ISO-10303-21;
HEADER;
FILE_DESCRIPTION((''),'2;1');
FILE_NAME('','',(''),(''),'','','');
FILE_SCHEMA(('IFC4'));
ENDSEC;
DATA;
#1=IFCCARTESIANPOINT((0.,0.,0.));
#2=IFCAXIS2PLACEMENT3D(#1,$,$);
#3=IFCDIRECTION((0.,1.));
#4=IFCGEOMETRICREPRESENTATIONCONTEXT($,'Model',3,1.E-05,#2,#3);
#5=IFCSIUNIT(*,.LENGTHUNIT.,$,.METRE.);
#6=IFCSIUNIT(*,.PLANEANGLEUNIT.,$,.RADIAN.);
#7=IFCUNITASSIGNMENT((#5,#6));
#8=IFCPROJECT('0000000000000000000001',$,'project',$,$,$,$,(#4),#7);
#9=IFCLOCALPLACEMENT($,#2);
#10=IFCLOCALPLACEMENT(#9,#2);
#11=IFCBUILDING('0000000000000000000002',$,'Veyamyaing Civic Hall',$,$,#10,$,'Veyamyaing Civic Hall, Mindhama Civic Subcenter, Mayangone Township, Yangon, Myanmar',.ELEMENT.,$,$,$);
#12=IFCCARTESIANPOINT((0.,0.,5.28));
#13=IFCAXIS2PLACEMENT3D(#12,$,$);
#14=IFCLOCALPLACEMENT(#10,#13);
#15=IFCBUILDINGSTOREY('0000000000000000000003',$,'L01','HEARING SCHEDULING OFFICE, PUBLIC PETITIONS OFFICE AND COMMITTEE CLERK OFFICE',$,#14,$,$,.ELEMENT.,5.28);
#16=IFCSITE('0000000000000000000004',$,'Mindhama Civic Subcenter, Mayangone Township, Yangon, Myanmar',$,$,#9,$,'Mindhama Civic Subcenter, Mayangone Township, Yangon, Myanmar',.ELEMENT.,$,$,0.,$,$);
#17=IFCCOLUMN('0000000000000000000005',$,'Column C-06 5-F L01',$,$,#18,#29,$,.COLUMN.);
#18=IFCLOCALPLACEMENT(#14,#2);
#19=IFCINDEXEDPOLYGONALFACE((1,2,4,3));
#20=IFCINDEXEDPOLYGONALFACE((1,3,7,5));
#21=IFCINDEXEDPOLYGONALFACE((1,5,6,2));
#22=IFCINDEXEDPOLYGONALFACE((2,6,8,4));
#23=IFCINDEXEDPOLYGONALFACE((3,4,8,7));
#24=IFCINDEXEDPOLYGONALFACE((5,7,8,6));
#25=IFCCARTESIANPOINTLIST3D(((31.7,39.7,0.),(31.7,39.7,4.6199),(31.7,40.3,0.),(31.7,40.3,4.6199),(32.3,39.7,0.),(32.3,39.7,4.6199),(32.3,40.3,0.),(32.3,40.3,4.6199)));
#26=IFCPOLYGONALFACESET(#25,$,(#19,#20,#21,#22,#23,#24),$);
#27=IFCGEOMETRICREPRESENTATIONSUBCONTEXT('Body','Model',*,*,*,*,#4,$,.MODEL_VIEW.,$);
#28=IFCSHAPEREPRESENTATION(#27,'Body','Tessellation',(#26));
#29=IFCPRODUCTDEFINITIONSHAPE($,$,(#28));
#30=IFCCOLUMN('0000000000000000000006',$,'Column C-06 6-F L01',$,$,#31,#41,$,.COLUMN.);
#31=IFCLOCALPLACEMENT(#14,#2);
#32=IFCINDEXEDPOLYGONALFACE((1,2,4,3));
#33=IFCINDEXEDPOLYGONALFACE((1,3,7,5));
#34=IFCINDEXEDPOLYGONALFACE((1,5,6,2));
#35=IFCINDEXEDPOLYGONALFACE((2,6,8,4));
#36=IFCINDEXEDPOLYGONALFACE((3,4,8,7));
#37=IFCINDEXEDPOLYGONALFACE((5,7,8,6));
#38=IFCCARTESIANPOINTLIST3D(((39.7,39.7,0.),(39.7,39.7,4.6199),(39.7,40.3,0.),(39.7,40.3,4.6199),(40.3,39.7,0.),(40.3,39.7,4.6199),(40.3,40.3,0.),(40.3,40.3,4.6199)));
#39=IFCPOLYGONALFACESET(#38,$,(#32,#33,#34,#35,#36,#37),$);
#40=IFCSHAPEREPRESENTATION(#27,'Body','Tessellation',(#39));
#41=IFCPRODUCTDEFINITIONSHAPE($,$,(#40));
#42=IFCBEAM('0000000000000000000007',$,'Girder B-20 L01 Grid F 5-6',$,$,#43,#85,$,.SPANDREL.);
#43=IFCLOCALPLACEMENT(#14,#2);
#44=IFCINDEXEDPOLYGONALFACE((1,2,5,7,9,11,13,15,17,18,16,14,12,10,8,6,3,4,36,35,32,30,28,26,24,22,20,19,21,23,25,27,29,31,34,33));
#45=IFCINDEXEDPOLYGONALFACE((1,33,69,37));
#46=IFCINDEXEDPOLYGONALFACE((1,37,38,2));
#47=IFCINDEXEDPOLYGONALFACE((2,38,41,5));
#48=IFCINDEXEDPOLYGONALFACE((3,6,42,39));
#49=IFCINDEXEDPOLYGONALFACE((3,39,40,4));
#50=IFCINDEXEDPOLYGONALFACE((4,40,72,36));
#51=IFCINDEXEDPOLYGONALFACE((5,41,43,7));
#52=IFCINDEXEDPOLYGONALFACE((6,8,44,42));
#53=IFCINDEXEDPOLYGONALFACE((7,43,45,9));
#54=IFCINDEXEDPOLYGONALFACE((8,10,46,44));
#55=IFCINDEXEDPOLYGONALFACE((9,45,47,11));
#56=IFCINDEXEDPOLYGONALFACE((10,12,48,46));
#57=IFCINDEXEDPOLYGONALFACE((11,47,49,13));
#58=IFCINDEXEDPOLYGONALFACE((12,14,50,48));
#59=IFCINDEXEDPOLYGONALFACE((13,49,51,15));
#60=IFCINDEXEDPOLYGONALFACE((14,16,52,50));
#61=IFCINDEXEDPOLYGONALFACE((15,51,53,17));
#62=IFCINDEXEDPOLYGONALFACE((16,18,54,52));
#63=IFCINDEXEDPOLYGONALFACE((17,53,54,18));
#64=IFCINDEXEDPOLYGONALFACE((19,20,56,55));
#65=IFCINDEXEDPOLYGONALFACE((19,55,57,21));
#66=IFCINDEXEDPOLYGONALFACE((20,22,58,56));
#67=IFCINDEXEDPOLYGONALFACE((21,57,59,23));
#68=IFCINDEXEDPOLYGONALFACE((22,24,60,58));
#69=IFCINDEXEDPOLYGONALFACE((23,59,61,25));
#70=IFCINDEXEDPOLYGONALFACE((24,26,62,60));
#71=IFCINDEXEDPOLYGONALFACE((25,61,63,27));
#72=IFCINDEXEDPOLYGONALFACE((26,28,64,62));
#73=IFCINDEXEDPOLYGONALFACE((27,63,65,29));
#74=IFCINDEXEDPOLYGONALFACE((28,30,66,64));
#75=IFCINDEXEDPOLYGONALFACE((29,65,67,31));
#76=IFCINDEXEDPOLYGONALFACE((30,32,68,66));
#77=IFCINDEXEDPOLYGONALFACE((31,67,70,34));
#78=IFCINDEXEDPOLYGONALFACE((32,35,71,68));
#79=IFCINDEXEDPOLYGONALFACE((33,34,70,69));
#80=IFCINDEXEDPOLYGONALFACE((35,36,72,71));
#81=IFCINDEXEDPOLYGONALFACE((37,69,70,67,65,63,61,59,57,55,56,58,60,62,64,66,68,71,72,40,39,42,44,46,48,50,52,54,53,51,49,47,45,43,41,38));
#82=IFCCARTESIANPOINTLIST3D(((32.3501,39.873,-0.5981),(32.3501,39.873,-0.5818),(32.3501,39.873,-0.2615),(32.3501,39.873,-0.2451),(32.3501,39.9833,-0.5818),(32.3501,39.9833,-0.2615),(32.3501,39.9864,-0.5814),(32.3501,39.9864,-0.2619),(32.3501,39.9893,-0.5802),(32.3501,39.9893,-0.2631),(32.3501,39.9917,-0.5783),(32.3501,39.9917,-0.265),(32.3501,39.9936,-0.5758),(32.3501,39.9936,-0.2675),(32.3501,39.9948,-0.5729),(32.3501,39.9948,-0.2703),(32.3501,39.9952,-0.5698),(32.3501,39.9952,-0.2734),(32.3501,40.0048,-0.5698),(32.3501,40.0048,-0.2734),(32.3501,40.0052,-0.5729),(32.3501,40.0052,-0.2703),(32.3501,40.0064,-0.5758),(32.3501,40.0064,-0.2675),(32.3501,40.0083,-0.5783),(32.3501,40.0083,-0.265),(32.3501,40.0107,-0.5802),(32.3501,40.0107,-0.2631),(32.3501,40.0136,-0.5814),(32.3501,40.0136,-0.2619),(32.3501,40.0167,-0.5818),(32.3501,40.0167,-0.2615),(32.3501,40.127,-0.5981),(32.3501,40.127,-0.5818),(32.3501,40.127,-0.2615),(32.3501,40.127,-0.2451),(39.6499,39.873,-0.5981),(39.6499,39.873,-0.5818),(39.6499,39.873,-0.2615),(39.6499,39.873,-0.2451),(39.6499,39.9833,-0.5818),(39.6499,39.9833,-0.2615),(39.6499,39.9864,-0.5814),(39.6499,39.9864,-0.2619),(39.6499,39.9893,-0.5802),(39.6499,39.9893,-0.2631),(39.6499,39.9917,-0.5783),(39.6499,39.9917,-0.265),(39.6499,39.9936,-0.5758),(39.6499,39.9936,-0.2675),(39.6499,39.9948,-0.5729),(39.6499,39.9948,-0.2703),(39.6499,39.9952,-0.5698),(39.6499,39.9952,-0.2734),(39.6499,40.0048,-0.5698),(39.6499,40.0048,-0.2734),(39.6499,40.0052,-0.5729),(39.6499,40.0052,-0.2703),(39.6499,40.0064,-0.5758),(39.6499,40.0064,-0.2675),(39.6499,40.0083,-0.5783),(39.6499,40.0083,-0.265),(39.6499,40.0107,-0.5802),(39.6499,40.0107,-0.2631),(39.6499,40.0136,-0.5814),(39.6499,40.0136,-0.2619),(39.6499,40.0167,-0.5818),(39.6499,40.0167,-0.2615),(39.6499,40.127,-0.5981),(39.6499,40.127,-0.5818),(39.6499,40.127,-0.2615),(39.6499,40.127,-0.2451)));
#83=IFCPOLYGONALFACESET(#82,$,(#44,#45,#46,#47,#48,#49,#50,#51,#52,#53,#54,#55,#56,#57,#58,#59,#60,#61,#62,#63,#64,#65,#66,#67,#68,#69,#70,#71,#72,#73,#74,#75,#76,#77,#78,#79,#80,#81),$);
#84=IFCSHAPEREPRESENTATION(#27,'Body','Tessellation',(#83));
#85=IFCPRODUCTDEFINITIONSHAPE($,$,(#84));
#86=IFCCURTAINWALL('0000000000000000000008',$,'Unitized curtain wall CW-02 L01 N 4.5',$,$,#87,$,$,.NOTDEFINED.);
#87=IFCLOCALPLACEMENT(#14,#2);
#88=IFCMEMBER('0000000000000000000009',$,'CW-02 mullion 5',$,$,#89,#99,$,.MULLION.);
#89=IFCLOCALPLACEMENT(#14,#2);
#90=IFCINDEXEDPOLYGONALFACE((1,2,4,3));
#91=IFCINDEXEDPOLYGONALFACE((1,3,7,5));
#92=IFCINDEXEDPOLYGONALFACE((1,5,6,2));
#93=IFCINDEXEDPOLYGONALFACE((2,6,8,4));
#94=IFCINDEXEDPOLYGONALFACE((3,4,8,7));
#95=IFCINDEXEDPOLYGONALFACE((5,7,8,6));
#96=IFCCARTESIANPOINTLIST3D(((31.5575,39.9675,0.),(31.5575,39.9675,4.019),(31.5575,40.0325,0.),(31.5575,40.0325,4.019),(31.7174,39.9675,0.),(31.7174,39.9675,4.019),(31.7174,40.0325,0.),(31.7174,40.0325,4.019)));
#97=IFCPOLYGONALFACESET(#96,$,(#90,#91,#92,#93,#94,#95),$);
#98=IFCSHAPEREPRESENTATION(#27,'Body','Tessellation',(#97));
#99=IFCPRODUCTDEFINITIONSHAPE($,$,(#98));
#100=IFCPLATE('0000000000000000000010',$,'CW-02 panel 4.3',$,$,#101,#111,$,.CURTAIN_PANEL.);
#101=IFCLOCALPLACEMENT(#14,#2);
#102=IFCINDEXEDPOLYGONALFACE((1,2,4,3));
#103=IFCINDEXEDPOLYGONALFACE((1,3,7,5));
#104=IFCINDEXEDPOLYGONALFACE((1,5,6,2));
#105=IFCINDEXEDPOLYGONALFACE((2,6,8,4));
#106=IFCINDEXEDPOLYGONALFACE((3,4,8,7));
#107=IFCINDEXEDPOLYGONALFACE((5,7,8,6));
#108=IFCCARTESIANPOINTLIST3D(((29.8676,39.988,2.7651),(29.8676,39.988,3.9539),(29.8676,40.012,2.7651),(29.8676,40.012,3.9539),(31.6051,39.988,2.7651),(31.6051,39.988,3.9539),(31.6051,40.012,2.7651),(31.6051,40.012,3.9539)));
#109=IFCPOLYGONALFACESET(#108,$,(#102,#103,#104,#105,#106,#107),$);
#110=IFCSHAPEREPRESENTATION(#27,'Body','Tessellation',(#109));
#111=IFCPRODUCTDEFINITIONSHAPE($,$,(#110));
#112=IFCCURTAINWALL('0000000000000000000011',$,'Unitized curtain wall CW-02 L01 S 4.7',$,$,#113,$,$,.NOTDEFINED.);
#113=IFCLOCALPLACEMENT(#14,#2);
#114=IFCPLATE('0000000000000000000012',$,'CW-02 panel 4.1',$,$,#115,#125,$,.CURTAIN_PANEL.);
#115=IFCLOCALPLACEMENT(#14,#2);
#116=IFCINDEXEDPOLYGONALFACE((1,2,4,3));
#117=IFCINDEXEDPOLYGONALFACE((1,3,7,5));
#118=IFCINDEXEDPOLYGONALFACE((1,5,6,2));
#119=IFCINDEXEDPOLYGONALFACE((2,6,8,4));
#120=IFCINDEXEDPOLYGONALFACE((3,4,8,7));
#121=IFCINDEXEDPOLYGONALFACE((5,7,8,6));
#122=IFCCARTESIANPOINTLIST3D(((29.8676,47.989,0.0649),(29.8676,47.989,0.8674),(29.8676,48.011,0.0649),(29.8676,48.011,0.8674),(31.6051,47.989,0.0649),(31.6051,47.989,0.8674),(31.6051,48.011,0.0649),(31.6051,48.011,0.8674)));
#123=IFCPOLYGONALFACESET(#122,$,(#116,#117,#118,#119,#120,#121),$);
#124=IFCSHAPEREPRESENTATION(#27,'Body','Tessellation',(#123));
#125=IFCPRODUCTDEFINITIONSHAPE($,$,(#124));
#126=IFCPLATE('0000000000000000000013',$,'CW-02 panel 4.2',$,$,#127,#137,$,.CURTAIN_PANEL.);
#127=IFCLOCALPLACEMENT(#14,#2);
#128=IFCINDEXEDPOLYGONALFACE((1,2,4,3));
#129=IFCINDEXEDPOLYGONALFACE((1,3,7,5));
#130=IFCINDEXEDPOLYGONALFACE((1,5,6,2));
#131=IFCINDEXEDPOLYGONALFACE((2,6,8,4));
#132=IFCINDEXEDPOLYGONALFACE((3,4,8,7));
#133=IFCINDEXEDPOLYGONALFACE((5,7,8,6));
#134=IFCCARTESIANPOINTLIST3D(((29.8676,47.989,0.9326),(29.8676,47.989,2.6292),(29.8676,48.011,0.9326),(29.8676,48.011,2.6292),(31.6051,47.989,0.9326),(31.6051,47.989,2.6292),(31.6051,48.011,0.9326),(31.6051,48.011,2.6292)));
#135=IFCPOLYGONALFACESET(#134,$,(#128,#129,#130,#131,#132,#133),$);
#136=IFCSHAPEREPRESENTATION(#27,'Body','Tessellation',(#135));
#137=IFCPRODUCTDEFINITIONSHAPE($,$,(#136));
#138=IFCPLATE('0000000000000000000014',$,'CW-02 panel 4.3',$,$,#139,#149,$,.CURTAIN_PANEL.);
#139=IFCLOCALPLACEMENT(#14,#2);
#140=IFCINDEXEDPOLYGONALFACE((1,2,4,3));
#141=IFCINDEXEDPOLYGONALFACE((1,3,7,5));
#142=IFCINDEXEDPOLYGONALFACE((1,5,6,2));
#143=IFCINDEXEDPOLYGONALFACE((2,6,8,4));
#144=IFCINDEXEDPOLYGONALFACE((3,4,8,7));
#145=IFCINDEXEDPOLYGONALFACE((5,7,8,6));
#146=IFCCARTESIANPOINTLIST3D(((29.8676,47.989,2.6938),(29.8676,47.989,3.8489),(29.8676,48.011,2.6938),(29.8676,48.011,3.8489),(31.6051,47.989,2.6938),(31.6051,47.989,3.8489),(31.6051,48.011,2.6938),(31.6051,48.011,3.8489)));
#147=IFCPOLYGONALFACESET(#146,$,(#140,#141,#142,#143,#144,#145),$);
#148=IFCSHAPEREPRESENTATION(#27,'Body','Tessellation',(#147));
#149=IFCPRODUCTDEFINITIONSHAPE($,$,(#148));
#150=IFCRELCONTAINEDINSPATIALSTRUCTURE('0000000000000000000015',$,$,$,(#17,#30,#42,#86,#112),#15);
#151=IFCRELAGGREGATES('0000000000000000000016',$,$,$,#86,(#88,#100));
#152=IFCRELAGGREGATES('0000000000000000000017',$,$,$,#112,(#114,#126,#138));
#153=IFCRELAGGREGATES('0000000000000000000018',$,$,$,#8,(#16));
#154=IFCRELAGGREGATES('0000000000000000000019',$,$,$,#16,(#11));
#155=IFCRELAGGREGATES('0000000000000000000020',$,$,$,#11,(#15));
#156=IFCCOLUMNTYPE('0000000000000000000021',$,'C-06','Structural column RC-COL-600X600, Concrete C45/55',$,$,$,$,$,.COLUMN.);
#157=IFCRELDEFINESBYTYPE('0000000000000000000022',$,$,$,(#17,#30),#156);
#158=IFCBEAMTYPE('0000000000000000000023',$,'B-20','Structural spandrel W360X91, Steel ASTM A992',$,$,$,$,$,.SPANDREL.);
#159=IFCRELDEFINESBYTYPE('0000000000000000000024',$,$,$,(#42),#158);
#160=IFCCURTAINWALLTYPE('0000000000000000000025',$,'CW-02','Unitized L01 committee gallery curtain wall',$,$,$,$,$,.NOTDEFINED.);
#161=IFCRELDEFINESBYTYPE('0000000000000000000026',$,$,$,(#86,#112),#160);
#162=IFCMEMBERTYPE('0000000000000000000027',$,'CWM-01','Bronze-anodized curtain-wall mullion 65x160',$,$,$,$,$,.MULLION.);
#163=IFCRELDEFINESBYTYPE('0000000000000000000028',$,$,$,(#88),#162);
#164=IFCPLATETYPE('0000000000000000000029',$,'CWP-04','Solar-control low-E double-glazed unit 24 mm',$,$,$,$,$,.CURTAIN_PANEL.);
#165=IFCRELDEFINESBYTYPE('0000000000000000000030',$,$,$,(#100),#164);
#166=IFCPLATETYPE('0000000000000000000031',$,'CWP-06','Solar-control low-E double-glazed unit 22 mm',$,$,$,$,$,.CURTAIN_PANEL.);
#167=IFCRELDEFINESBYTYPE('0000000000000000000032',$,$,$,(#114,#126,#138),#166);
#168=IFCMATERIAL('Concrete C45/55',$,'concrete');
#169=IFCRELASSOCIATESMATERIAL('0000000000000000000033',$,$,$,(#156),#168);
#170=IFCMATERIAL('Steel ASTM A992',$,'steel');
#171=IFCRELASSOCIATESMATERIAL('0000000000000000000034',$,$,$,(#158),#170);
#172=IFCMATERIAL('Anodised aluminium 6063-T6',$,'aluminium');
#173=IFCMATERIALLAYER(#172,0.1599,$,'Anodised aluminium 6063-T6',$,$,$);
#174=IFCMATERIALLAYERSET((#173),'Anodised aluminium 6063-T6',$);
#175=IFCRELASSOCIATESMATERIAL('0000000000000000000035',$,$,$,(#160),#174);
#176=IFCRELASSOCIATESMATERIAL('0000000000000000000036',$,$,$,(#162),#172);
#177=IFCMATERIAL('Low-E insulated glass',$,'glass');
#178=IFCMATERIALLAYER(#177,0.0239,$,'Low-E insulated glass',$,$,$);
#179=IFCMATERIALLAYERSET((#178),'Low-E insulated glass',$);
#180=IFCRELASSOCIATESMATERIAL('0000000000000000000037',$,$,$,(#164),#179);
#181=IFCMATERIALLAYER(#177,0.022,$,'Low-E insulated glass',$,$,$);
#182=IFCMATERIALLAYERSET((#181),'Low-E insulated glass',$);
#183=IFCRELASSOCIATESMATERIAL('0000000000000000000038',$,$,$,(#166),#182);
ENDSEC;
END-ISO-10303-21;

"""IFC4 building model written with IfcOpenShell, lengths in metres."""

from ifc_helpers import new_model, si_unit, direction, frame, origin, origin_2d, place, context, subcontext, project, spatial, rectangle, i_section, extrude, material, layer, layer_set, material_profile, profile_set, type_object, element, aggregate, save


model = new_model("IFC4")

# Units and contexts
model_context = context("Model", 3, precision=1e-05, world=origin(), true_north=direction((0.0, 1.0)))
body_context = subcontext(model_context, "Body", "Model", "MODEL_VIEW")
ifc_project = project(units=[si_unit("LENGTHUNIT", "METRE"), si_unit("PLANEANGLEUNIT", "RADIAN")], contexts=[model_context])

# Site, building, storey
site_placement = place(None, origin())
site = spatial("IfcSite", under=ifc_project, at=site_placement, Name="Mindhama Civic Subcenter, Mayangone Township, Yangon, Myanmar", LongName="Mindhama Civic Subcenter, Mayangone Township, Yangon, Myanmar", CompositionType="ELEMENT", RefElevation=0.0)
building_placement = place(site_placement, origin())
building = spatial("IfcBuilding", under=site, at=building_placement, Name="Veyamyaing Civic Hall", LongName="Veyamyaing Civic Hall, Mindhama Civic Subcenter, Mayangone Township, Yangon, Myanmar", CompositionType="ELEMENT")
storey_placement = place(building_placement, frame((0.0, 0.0, 5.28)))
storey = spatial("IfcBuildingStorey", under=building, at=storey_placement, Name="L01", Description="HEARING SCHEDULING OFFICE, PUBLIC PETITIONS OFFICE AND COMMITTEE CLERK OFFICE", CompositionType="ELEMENT", Elevation=5.28)

# Columns
ifc_material_1 = material(Name="Concrete C45/55", Category="concrete")
ifc_material_profile_1 = material_profile(ifc_material_1, rectangle(XDim=0.6001, YDim=0.6001, at=origin_2d()), Name="RC-COL-600X600")
ifc_profile_set_1 = profile_set([ifc_material_profile_1], Name="Concrete C45/55")
column_type = type_object("IfcColumnType", Name="C-06", Description="Structural column RC-COL-600X600, Concrete C45/55", PredefinedType="COLUMN", material=ifc_profile_set_1)
for number, where, z_axis, x_axis, name in (
    (1, (32.0, 40.0, 0.0), (0.0, 0.0, 1.0), (1.0, 0.0, 0.0), "Column C-06 5-F L01"),
    (2, (40.0, 40.0, 0.0), (0.0, 0.0, 1.0), (1.0, 0.0, 0.0), "Column C-06 6-F L01"),
):
    element("IfcColumn", number, at=place(storey_placement, frame(where, z_axis=z_axis, x_axis=x_axis)), inside=storey, type_object=column_type, Name=name, PredefinedType="COLUMN", context=body_context, shape_type="SweptSolid", body=[
        extrude(rectangle(XDim=0.6001, YDim=0.6001, at=origin_2d()), origin(), (0.0, 0.0, 1.0), 4.6199),
    ])

# Beam
ifc_material_2 = material(Name="Steel ASTM A992", Category="steel")
ifc_material_profile_2 = material_profile(ifc_material_2, i_section(OverallWidth=0.2539, OverallDepth=0.353, WebThickness=0.0095, FlangeThickness=0.0164, FilletRadius=0.012, at=origin_2d()), Name="W360X91")
ifc_profile_set_2 = profile_set([ifc_material_profile_2], Name="Steel ASTM A992")
beam_type = type_object("IfcBeamType", Name="B-20", Description="Structural spandrel W360X91, Steel ASTM A992", PredefinedType="SPANDREL", material=ifc_profile_set_2)
beam_placement = place(storey_placement, frame((32.3501, 40.0, -0.4216), z_axis=(1.0, 0.0, 0.0), x_axis=(0.0, 1.0, 0.0)))
element("IfcBeam", 3, at=beam_placement, inside=storey, type_object=beam_type, Name="Girder B-20 L01 Grid F 5-6", PredefinedType="SPANDREL", context=body_context, shape_type="SweptSolid", body=[
    extrude(i_section(OverallWidth=0.2539, OverallDepth=0.353, WebThickness=0.0095, FlangeThickness=0.0164, FilletRadius=0.012, at=origin_2d()), origin(), (0.0, 0.0, 1.0), 7.2998),
])

# Curtain wall, member, plate
ifc_material_3 = material(Name="Anodised aluminium 6063-T6", Category="aluminium")
ifc_layer_1 = layer(ifc_material_3, 0.1599, Name="Anodised aluminium 6063-T6")
ifc_layer_set_1 = layer_set([ifc_layer_1], Name="Anodised aluminium 6063-T6")
curtain_wall_type = type_object("IfcCurtainWallType", Name="CW-02", Description="Unitized L01 committee gallery curtain wall", PredefinedType="NOTDEFINED", material=ifc_layer_set_1)
curtain_wall_1_placement = place(storey_placement, origin())
curtain_wall_1 = element("IfcCurtainWall", 4, at=curtain_wall_1_placement, inside=storey, type_object=curtain_wall_type, Name="Unitized curtain wall CW-02 L01 N 4.5", PredefinedType="NOTDEFINED")
ifc_material_profile_3 = material_profile(ifc_material_3, rectangle(XDim=0.0649, YDim=0.1599, at=origin_2d()), Name="ALU-MUL-65X160")
ifc_profile_set_3 = profile_set([ifc_material_profile_3], Name="Anodised aluminium 6063-T6")
member_type = type_object("IfcMemberType", Name="CWM-01", Description="Bronze-anodized curtain-wall mullion 65x160", PredefinedType="MULLION", material=ifc_profile_set_3)
member_placement = place(storey_placement, frame((31.6375, 40.0, 0.0), z_axis=(0.0, 0.0, 1.0), x_axis=(0.0, 1.0, 0.0)))
member = element("IfcMember", 5, at=member_placement, type_object=member_type, Name="CW-02 mullion 5", PredefinedType="MULLION", context=body_context, shape_type="SweptSolid", body=[
    extrude(rectangle(XDim=0.0649, YDim=0.1599, at=origin_2d()), origin(), (0.0, 0.0, 1.0), 4.019),
])
ifc_material_4 = material(Name="Low-E insulated glass", Category="glass")
ifc_layer_2 = layer(ifc_material_4, 0.0239, Name="Low-E insulated glass")
ifc_layer_set_2 = layer_set([ifc_layer_2], Name="Low-E insulated glass")
plate_type_1 = type_object("IfcPlateType", Name="CWP-04", Description="Solar-control low-E double-glazed unit 24 mm", PredefinedType="CURTAIN_PANEL", material=ifc_layer_set_2)
plate_1_placement = place(storey_placement, frame((30.7363, 40.0, 2.7651), z_axis=(0.0, 0.0, 1.0), x_axis=(1.0, 0.0, 0.0)))
plate_1 = element("IfcPlate", 6, at=plate_1_placement, type_object=plate_type_1, Name="CW-02 panel 4.3", PredefinedType="CURTAIN_PANEL", context=body_context, shape_type="SweptSolid", body=[
    extrude(rectangle(XDim=1.7375, YDim=0.0239, at=origin_2d()), origin(), (0.0, 0.0, 1.0), 1.1887),
])
aggregate(curtain_wall_1, [member, plate_1])

# Curtain wall, plates
curtain_wall_2_placement = place(storey_placement, origin())
curtain_wall_2 = element("IfcCurtainWall", 7, at=curtain_wall_2_placement, inside=storey, type_object=curtain_wall_type, Name="Unitized curtain wall CW-02 L01 S 4.7", PredefinedType="NOTDEFINED")
ifc_layer_3 = layer(ifc_material_4, 0.022, Name="Low-E insulated glass")
ifc_layer_set_3 = layer_set([ifc_layer_3], Name="Low-E insulated glass")
plate_type_2 = type_object("IfcPlateType", Name="CWP-06", Description="Solar-control low-E double-glazed unit 22 mm", PredefinedType="CURTAIN_PANEL", material=ifc_layer_set_3)
plate_2_placement = place(storey_placement, frame((30.7363, 48.0, 0.0649), z_axis=(0.0, 0.0, 1.0), x_axis=(1.0, 0.0, 0.0)))
plate_2 = element("IfcPlate", 8, at=plate_2_placement, type_object=plate_type_2, Name="CW-02 panel 4.1", PredefinedType="CURTAIN_PANEL", context=body_context, shape_type="SweptSolid", body=[
    extrude(rectangle(XDim=1.7375, YDim=0.022, at=origin_2d()), origin(), (0.0, 0.0, 1.0), 0.8025),
])
plate_3_placement = place(storey_placement, frame((30.7363, 48.0, 0.9326), z_axis=(0.0, 0.0, 1.0), x_axis=(1.0, 0.0, 0.0)))
plate_3 = element("IfcPlate", 9, at=plate_3_placement, type_object=plate_type_2, Name="CW-02 panel 4.2", PredefinedType="CURTAIN_PANEL", context=body_context, shape_type="SweptSolid", body=[
    extrude(rectangle(XDim=1.7375, YDim=0.022, at=origin_2d()), origin(), (0.0, 0.0, 1.0), 1.6965),
])
plate_4_placement = place(storey_placement, frame((30.7363, 48.0, 2.6938), z_axis=(0.0, 0.0, 1.0), x_axis=(1.0, 0.0, 0.0)))
plate_4 = element("IfcPlate", 10, at=plate_4_placement, type_object=plate_type_2, Name="CW-02 panel 4.3", PredefinedType="CURTAIN_PANEL", context=body_context, shape_type="SweptSolid", body=[
    extrude(rectangle(XDim=1.7375, YDim=0.022, at=origin_2d()), origin(), (0.0, 0.0, 1.0), 1.155),
])
aggregate(curtain_wall_2, [plate_2, plate_3, plate_4])

save(model, "model.ifc")
